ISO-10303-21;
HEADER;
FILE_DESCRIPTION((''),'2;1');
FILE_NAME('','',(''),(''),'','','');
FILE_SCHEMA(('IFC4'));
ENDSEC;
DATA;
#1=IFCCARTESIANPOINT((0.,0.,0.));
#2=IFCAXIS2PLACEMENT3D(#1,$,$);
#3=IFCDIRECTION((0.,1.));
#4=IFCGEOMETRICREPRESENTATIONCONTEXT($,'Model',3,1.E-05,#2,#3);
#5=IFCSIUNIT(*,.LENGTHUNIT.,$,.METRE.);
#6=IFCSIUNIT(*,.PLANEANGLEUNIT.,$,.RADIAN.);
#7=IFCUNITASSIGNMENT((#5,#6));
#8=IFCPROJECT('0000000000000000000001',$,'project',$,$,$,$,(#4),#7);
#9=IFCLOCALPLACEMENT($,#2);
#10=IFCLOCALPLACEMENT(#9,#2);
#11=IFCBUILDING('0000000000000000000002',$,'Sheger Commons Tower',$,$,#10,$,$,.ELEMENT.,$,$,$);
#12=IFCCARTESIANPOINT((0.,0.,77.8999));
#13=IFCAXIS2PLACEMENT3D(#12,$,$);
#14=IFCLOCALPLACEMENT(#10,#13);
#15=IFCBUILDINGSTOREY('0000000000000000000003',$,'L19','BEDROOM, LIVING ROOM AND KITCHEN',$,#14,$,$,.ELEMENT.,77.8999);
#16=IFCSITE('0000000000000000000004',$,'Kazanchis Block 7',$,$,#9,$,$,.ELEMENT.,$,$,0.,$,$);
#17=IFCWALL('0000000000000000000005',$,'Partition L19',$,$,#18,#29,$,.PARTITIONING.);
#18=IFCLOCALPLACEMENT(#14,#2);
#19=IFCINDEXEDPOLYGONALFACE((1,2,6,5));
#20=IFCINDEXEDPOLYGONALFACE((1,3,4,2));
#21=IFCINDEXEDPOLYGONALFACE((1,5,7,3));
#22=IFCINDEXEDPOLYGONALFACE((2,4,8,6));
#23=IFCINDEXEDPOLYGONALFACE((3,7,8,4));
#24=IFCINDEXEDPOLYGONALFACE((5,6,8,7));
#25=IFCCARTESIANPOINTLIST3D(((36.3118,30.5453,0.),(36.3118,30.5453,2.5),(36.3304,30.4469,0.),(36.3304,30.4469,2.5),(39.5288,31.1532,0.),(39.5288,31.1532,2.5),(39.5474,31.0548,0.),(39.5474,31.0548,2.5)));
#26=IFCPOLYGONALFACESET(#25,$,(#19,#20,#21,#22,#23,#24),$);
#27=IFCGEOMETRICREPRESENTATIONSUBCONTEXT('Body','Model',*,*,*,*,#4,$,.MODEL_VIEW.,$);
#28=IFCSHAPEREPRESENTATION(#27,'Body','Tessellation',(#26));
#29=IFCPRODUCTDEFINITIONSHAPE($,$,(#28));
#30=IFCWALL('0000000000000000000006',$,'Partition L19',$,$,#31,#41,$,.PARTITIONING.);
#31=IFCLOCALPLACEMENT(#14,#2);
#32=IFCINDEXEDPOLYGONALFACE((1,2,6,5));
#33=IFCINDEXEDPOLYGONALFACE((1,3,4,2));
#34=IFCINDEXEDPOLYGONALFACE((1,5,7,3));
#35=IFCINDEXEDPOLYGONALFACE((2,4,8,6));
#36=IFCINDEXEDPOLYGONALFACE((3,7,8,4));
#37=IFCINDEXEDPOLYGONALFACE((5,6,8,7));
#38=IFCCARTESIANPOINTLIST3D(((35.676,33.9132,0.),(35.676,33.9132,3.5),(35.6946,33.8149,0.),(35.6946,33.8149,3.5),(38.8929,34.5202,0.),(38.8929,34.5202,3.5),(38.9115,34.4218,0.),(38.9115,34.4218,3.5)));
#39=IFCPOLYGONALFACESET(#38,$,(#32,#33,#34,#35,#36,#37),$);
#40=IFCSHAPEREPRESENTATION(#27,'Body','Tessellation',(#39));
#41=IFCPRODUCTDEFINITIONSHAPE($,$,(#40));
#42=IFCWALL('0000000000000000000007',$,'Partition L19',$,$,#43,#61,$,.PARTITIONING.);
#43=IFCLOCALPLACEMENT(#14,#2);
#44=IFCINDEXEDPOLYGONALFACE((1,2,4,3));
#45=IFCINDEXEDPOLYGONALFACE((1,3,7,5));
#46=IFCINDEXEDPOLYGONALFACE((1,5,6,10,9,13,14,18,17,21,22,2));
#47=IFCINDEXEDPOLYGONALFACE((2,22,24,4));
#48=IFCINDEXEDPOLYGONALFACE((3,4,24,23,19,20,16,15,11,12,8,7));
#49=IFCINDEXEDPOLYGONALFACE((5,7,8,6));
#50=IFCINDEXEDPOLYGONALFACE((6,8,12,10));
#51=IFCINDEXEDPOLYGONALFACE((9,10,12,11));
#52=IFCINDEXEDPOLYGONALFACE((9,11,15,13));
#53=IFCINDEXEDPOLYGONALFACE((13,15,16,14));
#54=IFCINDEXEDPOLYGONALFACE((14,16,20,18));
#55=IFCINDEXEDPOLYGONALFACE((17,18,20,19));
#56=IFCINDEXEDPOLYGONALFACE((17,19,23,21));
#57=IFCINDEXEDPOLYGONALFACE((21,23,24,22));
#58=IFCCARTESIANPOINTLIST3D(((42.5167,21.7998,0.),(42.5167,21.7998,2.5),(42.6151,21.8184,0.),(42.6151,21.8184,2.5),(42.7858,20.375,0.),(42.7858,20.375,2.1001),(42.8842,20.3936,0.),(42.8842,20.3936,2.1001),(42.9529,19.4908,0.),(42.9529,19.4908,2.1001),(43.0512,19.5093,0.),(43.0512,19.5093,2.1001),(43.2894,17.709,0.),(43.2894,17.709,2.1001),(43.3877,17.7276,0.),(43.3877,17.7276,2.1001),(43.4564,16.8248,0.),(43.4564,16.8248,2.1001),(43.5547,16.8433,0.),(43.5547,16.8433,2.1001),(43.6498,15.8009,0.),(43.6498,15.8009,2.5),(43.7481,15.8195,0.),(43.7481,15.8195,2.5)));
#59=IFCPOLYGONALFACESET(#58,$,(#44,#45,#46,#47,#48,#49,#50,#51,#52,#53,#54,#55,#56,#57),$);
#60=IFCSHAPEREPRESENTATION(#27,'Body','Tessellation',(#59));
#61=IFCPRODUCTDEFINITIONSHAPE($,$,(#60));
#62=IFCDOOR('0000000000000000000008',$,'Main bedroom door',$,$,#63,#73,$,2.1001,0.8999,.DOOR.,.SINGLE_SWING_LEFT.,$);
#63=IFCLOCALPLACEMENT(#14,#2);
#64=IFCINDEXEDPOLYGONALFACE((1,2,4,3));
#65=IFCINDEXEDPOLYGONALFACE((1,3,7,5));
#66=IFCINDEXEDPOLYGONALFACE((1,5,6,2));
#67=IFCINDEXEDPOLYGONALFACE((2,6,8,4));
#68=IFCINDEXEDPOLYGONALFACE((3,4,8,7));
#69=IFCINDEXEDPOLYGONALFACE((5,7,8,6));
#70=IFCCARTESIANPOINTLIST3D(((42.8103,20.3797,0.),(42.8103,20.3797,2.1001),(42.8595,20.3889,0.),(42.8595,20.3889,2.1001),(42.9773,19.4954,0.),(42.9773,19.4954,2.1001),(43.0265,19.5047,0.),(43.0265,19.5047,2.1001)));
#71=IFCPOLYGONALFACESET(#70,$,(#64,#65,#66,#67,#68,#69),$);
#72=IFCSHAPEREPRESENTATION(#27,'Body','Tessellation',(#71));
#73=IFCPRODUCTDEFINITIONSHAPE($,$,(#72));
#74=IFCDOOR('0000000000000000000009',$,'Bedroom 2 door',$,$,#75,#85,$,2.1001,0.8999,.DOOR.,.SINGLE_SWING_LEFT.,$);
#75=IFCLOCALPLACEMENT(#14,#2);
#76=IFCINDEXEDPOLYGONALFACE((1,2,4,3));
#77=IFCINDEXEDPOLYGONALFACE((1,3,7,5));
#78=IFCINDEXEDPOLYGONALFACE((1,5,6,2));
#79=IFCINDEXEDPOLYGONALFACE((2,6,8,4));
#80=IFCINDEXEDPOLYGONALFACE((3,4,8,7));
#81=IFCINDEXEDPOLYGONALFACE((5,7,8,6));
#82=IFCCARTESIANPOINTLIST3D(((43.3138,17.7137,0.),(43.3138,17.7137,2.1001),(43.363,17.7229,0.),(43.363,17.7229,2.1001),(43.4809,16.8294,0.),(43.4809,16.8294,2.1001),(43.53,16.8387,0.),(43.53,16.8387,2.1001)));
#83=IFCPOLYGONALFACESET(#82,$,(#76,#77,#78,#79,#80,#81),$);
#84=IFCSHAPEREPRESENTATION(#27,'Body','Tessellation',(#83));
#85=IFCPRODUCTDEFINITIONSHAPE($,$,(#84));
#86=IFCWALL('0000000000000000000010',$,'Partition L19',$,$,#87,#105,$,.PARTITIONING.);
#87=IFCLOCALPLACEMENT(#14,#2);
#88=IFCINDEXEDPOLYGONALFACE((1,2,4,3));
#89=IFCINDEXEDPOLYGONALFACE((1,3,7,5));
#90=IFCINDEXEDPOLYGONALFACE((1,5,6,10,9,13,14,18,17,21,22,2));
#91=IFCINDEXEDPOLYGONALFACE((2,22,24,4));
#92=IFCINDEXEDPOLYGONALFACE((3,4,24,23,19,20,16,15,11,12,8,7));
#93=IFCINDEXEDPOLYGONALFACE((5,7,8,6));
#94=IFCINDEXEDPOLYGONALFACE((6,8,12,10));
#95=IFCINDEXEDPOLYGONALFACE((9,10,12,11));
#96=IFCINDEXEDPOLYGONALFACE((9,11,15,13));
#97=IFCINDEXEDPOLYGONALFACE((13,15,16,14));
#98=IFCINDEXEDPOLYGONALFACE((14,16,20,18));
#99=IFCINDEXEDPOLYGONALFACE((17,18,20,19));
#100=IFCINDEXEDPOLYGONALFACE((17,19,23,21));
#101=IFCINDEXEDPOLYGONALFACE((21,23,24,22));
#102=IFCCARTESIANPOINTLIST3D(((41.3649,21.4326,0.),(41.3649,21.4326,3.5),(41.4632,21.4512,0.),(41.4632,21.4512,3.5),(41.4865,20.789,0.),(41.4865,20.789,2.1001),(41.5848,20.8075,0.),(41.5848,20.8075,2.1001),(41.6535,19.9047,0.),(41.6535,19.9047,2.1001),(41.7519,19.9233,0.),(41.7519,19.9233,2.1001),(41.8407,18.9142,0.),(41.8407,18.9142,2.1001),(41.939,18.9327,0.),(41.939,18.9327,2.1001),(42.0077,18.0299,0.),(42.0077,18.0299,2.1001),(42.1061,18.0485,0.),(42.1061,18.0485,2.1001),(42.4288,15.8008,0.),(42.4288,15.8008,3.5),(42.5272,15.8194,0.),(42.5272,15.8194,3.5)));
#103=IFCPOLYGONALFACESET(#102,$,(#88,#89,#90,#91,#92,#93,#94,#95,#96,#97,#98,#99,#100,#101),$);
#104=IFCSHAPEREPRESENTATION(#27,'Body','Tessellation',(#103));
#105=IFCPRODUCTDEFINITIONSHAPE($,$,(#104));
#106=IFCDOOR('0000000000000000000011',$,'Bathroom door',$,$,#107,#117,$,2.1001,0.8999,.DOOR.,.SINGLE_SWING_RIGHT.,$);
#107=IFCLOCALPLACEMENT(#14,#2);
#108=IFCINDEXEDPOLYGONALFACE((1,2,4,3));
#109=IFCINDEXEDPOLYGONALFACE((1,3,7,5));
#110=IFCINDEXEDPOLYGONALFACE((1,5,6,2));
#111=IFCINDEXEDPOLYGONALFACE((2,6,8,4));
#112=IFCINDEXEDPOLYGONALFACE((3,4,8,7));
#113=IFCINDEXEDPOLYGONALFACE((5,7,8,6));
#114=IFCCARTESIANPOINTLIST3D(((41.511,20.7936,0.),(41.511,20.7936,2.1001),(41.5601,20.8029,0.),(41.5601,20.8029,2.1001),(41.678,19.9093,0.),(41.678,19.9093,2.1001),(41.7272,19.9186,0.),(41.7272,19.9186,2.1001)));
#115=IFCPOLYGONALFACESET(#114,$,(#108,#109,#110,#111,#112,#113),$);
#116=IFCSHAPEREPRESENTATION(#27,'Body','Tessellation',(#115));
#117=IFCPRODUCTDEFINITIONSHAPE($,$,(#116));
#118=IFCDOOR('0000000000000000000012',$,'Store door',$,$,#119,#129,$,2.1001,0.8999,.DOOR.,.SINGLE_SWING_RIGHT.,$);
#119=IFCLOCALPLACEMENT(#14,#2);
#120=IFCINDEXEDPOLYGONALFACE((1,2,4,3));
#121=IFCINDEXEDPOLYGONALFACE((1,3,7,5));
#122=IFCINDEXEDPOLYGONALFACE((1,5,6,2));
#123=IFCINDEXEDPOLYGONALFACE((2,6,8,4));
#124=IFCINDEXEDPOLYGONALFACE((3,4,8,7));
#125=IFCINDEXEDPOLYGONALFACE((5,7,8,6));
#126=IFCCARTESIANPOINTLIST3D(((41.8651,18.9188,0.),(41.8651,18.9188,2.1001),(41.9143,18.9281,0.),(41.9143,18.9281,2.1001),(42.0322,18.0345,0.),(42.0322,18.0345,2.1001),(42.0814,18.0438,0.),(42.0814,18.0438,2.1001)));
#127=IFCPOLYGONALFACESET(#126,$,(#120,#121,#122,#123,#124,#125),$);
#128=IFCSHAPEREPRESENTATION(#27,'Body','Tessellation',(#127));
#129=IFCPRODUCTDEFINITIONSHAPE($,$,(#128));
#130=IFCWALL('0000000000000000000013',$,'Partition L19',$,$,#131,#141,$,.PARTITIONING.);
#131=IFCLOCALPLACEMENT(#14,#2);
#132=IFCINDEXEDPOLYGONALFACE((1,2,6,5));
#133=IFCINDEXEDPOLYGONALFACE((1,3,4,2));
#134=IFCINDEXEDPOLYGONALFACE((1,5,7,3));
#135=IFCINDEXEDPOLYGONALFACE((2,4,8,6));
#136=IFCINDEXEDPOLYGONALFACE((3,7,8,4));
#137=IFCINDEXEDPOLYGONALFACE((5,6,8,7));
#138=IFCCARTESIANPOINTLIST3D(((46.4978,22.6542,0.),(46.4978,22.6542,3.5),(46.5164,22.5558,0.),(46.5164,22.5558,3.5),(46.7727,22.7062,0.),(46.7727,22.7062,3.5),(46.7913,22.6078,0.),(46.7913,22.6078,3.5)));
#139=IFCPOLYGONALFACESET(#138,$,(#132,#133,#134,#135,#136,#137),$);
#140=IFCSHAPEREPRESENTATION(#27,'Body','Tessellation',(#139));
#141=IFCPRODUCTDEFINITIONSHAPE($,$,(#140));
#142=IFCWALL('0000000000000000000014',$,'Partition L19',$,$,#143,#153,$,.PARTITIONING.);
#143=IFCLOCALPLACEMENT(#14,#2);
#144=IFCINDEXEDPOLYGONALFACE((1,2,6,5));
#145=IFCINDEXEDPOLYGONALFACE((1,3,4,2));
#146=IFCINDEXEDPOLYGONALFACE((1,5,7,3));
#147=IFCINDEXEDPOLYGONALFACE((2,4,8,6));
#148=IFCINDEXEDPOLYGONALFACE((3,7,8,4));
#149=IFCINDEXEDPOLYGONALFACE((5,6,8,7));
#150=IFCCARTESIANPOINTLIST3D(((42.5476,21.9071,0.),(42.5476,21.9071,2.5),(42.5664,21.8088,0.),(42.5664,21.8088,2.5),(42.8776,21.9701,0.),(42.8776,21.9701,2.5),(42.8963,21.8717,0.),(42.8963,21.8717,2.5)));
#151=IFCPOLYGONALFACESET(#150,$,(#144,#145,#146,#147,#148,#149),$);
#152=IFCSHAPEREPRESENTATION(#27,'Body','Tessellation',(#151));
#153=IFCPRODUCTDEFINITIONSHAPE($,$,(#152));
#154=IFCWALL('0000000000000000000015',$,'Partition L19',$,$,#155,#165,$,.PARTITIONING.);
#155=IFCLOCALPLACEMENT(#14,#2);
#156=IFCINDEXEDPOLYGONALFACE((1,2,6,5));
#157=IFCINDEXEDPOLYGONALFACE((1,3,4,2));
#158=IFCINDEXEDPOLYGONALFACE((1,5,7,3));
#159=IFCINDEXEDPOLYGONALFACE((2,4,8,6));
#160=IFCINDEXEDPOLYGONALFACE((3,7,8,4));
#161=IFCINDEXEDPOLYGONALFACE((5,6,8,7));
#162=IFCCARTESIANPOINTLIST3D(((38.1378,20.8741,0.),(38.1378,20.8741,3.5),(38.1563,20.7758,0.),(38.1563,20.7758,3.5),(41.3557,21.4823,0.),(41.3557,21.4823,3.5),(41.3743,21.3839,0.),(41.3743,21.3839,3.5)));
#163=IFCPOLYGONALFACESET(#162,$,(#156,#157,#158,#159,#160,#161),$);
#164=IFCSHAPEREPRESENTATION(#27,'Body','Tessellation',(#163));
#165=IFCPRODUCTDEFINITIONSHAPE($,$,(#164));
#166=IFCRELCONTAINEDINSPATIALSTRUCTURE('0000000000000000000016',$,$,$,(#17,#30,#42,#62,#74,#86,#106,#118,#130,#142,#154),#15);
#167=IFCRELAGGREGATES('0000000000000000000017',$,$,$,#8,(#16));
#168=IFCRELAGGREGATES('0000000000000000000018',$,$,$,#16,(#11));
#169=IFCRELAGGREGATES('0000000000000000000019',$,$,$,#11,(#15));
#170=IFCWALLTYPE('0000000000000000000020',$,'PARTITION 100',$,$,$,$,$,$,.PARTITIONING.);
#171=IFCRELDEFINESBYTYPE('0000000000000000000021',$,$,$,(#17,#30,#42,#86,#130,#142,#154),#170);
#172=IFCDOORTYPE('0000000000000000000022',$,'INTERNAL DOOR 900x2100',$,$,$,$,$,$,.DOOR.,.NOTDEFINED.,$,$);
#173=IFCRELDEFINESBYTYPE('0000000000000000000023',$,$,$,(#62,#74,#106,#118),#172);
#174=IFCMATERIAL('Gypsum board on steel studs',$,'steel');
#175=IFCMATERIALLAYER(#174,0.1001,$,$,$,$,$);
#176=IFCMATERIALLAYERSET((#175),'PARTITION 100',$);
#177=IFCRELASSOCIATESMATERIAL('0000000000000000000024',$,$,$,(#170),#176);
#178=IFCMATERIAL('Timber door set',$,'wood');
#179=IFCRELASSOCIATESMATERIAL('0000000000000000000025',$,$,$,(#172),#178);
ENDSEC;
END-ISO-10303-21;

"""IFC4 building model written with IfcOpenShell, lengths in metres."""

from ifc_helpers import new_model, si_unit, direction, frame, frame_2d, origin, place, context, subcontext, project, spatial, rectangle, extrude, material, layer, layer_set, type_object, element, fill, save


model = new_model("IFC4")

# Units and contexts
model_context = context("Model", 3, precision=1e-05, world=origin(), true_north=direction((0.0, 1.0)))
body_context = subcontext(model_context, "Body", "Model", "MODEL_VIEW")
ifc_project = project(units=[si_unit("LENGTHUNIT", "METRE"), si_unit("PLANEANGLEUNIT", "RADIAN")], contexts=[model_context])

# Site, building, storey
site_placement = place(None, origin())
site = spatial("IfcSite", under=ifc_project, at=site_placement, Name="Kazanchis Block 7", CompositionType="ELEMENT", RefElevation=0.0)
building_placement = place(site_placement, origin())
building = spatial("IfcBuilding", under=site, at=building_placement, Name="Sheger Commons Tower", CompositionType="ELEMENT")
storey_placement = place(building_placement, frame((0.0, 0.0, 77.8999)))
storey = spatial("IfcBuildingStorey", under=building, at=storey_placement, Name="L19", Description="BEDROOM, LIVING ROOM AND KITCHEN", CompositionType="ELEMENT", Elevation=77.8999)

# Walls
ifc_material_1 = material(Name="Gypsum board on steel studs", Category="steel")
ifc_layer_1 = layer(ifc_material_1, 0.1001)
ifc_layer_set_1 = layer_set([ifc_layer_1], Name="PARTITION 100")
wall_type_1 = type_object("IfcWallType", Name="PARTITION 100", PredefinedType="PARTITIONING", material=ifc_layer_set_1)
wall_1_placement = place(storey_placement, frame((39.5381, 31.104, 0.0), z_axis=(0.0, 0.0, 1.0), x_axis=(-0.98261, -0.18568, 0.0)))
element("IfcWall", 1, at=wall_1_placement, inside=storey, type_object=wall_type_1, Name="Partition L19", PredefinedType="PARTITIONING", context=body_context, shape_type="SweptSolid", body=[
    extrude(rectangle(XDim=3.2739, YDim=0.1001, at=frame_2d((1.637, 0.0))), origin(), (0.0, 0.0, 1.0), 2.5),
])
wall_2_placement = place(storey_placement, frame((38.9021, 34.4709, 0.0), z_axis=(0.0, 0.0, 1.0), x_axis=(-0.982665, -0.185392, 0.0)))
element("IfcWall", 2, at=wall_2_placement, inside=storey, type_object=wall_type_1, Name="Partition L19", PredefinedType="PARTITIONING", context=body_context, shape_type="SweptSolid", body=[
    extrude(rectangle(XDim=3.2737, YDim=0.1001, at=frame_2d((1.6367, 0.0))), origin(), (0.0, 0.0, 1.0), 3.5),
])

# Walls, openings, doors
wall_3_placement = place(storey_placement, frame((42.5659, 21.8091, 0.0), z_axis=(0.0, 0.0, 1.0), x_axis=(0.185592, -0.982627, 0.0)))
wall_3 = element("IfcWall", 3, at=wall_3_placement, inside=storey, type_object=wall_type_1, Name="Partition L19", PredefinedType="PARTITIONING", context=body_context, shape_type="SweptSolid", body=[
    extrude(rectangle(XDim=6.105, YDim=0.1001, at=frame_2d((3.0525, 0.0))), origin(), (0.0, 0.0, 1.0), 2.5),
])
opening_1_placement = place(wall_3_placement, frame((1.45, 0.0, 0.0)))
opening_1 = element("IfcOpeningElement", 4, at=opening_1_placement, cuts=wall_3, PredefinedType="OPENING", context=body_context, shape_type="SweptSolid", body=[
    extrude(rectangle(XDim=0.8999, YDim=2.1001, at=frame_2d((0.45, 1.05))), frame((0.0, 0.0601, 0.0), z_axis=(0.0, -1.0, 0.0), x_axis=(1.0, 0.0, 0.0)), (0.0, 0.0, 1.0), 0.1201),
])
opening_2_placement = place(wall_3_placement, frame((4.1631, 0.0, 0.0)))
opening_2 = element("IfcOpeningElement", 5, at=opening_2_placement, cuts=wall_3, PredefinedType="OPENING", context=body_context, shape_type="SweptSolid", body=[
    extrude(rectangle(XDim=0.8999, YDim=2.1001, at=frame_2d((0.45, 1.05))), frame((0.0, 0.0601, 0.0), z_axis=(0.0, -1.0, 0.0), x_axis=(1.0, 0.0, 0.0)), (0.0, 0.0, 1.0), 0.1201),
])
ifc_material_2 = material(Name="Timber door set", Category="wood")
door_type_1 = type_object("IfcDoorType", Name="INTERNAL DOOR 900x2100", OperationType="NOTDEFINED", PredefinedType="DOOR", material=ifc_material_2)
door_1_placement = place(opening_1_placement, origin())
door_1 = element("IfcDoor", 6, at=door_1_placement, inside=storey, type_object=door_type_1, Name="Main bedroom door", OperationType="SINGLE_SWING_LEFT", OverallHeight=2.1001, OverallWidth=0.8999, PredefinedType="DOOR", context=body_context, shape_type="SweptSolid", body=[
    extrude(rectangle(XDim=0.8999, YDim=2.1001, at=frame_2d((0.45, 1.05))), frame((0.0, 0.0249, 0.0), z_axis=(0.0, -1.0, 0.0), x_axis=(1.0, 0.0, 0.0)), (0.0, 0.0, 1.0), 0.05),
])
fill(opening_1, door_1)
door_2_placement = place(opening_2_placement, origin())
door_2 = element("IfcDoor", 7, at=door_2_placement, inside=storey, type_object=door_type_1, Name="Bedroom 2 door", OperationType="SINGLE_SWING_LEFT", OverallHeight=2.1001, OverallWidth=0.8999, PredefinedType="DOOR", context=body_context, shape_type="SweptSolid", body=[
    extrude(rectangle(XDim=0.8999, YDim=2.1001, at=frame_2d((0.45, 1.05))), frame((0.0, 0.0249, 0.0), z_axis=(0.0, -1.0, 0.0), x_axis=(1.0, 0.0, 0.0)), (0.0, 0.0, 1.0), 0.05),
])
fill(opening_2, door_2)
wall_4_placement = place(storey_placement, frame((41.4141, 21.4419, 0.0), z_axis=(0.0, 0.0, 1.0), x_axis=(0.185636, -0.982619, 0.0)))
wall_4 = element("IfcWall", 8, at=wall_4_placement, inside=storey, type_object=wall_type_1, Name="Partition L19", PredefinedType="PARTITIONING", context=body_context, shape_type="SweptSolid", body=[
    extrude(rectangle(XDim=5.7314, YDim=0.1001, at=frame_2d((2.8657, 0.0))), origin(), (0.0, 0.0, 1.0), 3.5),
])
opening_3_placement = place(wall_4_placement, frame((0.655, 0.0, 0.0)))
opening_3 = element("IfcOpeningElement", 9, at=opening_3_placement, cuts=wall_4, PredefinedType="OPENING", context=body_context, shape_type="SweptSolid", body=[
    extrude(rectangle(XDim=0.8999, YDim=2.1001, at=frame_2d((0.45, 1.05))), frame((0.0, 0.0601, 0.0), z_axis=(0.0, -1.0, 0.0), x_axis=(1.0, 0.0, 0.0)), (0.0, 0.0, 1.0), 0.1201),
])
opening_4_placement = place(wall_4_placement, frame((2.563, 0.0, 0.0)))
opening_4 = element("IfcOpeningElement", 10, at=opening_4_placement, cuts=wall_4, PredefinedType="OPENING", context=body_context, shape_type="SweptSolid", body=[
    extrude(rectangle(XDim=0.8999, YDim=2.1001, at=frame_2d((0.45, 1.05))), frame((0.0, 0.0601, 0.0), z_axis=(0.0, -1.0, 0.0), x_axis=(1.0, 0.0, 0.0)), (0.0, 0.0, 1.0), 0.1201),
])
door_3_placement = place(opening_3_placement, origin())
door_3 = element("IfcDoor", 11, at=door_3_placement, inside=storey, type_object=door_type_1, Name="Bathroom door", OperationType="SINGLE_SWING_RIGHT", OverallHeight=2.1001, OverallWidth=0.8999, PredefinedType="DOOR", context=body_context, shape_type="SweptSolid", body=[
    extrude(rectangle(XDim=0.8999, YDim=2.1001, at=frame_2d((0.45, 1.05))), frame((0.0, 0.0249, 0.0), z_axis=(0.0, -1.0, 0.0), x_axis=(1.0, 0.0, 0.0)), (0.0, 0.0, 1.0), 0.05),
])
fill(opening_3, door_3)
door_4_placement = place(opening_4_placement, origin())
door_4 = element("IfcDoor", 12, at=door_4_placement, inside=storey, type_object=door_type_1, Name="Store door", OperationType="SINGLE_SWING_RIGHT", OverallHeight=2.1001, OverallWidth=0.8999, PredefinedType="DOOR", context=body_context, shape_type="SweptSolid", body=[
    extrude(rectangle(XDim=0.8999, YDim=2.1001, at=frame_2d((0.45, 1.05))), frame((0.0, 0.0249, 0.0), z_axis=(0.0, -1.0, 0.0), x_axis=(1.0, 0.0, 0.0)), (0.0, 0.0, 1.0), 0.05),
])
fill(opening_4, door_4)

# Walls
wall_5_placement = place(storey_placement, frame((46.782, 22.657, 0.0), z_axis=(0.0, 0.0, 1.0), x_axis=(-0.982575, -0.185869, 0.0)))
element("IfcWall", 13, at=wall_5_placement, inside=storey, type_object=wall_type_1, Name="Partition L19", PredefinedType="PARTITIONING", context=body_context, shape_type="SweptSolid", body=[
    extrude(rectangle(XDim=0.2798, YDim=0.1001, at=frame_2d((0.1399, 0.0))), origin(), (0.0, 0.0, 1.0), 3.5),
])
wall_6_placement = place(storey_placement, frame((42.887, 21.9209, 0.0), z_axis=(0.0, 0.0, 1.0), x_axis=(-0.982275, -0.187446, 0.0)))
element("IfcWall", 14, at=wall_6_placement, inside=storey, type_object=wall_type_1, Name="Partition L19", PredefinedType="PARTITIONING", context=body_context, shape_type="SweptSolid", body=[
    extrude(rectangle(XDim=0.3359, YDim=0.1001, at=frame_2d((0.168, 0.0))), origin(), (0.0, 0.0, 1.0), 2.5),
])
wall_7_placement = place(storey_placement, frame((41.365, 21.4331, 0.0), z_axis=(0.0, 0.0, 1.0), x_axis=(-0.982607, -0.185697, 0.0)))
element("IfcWall", 15, at=wall_7_placement, inside=storey, type_object=wall_type_1, Name="Partition L19", PredefinedType="PARTITIONING", context=body_context, shape_type="SweptSolid", body=[
    extrude(rectangle(XDim=3.2749, YDim=0.1001, at=frame_2d((1.6375, 0.0))), origin(), (0.0, 0.0, 1.0), 3.5),
])

save(model, "model.ifc")
